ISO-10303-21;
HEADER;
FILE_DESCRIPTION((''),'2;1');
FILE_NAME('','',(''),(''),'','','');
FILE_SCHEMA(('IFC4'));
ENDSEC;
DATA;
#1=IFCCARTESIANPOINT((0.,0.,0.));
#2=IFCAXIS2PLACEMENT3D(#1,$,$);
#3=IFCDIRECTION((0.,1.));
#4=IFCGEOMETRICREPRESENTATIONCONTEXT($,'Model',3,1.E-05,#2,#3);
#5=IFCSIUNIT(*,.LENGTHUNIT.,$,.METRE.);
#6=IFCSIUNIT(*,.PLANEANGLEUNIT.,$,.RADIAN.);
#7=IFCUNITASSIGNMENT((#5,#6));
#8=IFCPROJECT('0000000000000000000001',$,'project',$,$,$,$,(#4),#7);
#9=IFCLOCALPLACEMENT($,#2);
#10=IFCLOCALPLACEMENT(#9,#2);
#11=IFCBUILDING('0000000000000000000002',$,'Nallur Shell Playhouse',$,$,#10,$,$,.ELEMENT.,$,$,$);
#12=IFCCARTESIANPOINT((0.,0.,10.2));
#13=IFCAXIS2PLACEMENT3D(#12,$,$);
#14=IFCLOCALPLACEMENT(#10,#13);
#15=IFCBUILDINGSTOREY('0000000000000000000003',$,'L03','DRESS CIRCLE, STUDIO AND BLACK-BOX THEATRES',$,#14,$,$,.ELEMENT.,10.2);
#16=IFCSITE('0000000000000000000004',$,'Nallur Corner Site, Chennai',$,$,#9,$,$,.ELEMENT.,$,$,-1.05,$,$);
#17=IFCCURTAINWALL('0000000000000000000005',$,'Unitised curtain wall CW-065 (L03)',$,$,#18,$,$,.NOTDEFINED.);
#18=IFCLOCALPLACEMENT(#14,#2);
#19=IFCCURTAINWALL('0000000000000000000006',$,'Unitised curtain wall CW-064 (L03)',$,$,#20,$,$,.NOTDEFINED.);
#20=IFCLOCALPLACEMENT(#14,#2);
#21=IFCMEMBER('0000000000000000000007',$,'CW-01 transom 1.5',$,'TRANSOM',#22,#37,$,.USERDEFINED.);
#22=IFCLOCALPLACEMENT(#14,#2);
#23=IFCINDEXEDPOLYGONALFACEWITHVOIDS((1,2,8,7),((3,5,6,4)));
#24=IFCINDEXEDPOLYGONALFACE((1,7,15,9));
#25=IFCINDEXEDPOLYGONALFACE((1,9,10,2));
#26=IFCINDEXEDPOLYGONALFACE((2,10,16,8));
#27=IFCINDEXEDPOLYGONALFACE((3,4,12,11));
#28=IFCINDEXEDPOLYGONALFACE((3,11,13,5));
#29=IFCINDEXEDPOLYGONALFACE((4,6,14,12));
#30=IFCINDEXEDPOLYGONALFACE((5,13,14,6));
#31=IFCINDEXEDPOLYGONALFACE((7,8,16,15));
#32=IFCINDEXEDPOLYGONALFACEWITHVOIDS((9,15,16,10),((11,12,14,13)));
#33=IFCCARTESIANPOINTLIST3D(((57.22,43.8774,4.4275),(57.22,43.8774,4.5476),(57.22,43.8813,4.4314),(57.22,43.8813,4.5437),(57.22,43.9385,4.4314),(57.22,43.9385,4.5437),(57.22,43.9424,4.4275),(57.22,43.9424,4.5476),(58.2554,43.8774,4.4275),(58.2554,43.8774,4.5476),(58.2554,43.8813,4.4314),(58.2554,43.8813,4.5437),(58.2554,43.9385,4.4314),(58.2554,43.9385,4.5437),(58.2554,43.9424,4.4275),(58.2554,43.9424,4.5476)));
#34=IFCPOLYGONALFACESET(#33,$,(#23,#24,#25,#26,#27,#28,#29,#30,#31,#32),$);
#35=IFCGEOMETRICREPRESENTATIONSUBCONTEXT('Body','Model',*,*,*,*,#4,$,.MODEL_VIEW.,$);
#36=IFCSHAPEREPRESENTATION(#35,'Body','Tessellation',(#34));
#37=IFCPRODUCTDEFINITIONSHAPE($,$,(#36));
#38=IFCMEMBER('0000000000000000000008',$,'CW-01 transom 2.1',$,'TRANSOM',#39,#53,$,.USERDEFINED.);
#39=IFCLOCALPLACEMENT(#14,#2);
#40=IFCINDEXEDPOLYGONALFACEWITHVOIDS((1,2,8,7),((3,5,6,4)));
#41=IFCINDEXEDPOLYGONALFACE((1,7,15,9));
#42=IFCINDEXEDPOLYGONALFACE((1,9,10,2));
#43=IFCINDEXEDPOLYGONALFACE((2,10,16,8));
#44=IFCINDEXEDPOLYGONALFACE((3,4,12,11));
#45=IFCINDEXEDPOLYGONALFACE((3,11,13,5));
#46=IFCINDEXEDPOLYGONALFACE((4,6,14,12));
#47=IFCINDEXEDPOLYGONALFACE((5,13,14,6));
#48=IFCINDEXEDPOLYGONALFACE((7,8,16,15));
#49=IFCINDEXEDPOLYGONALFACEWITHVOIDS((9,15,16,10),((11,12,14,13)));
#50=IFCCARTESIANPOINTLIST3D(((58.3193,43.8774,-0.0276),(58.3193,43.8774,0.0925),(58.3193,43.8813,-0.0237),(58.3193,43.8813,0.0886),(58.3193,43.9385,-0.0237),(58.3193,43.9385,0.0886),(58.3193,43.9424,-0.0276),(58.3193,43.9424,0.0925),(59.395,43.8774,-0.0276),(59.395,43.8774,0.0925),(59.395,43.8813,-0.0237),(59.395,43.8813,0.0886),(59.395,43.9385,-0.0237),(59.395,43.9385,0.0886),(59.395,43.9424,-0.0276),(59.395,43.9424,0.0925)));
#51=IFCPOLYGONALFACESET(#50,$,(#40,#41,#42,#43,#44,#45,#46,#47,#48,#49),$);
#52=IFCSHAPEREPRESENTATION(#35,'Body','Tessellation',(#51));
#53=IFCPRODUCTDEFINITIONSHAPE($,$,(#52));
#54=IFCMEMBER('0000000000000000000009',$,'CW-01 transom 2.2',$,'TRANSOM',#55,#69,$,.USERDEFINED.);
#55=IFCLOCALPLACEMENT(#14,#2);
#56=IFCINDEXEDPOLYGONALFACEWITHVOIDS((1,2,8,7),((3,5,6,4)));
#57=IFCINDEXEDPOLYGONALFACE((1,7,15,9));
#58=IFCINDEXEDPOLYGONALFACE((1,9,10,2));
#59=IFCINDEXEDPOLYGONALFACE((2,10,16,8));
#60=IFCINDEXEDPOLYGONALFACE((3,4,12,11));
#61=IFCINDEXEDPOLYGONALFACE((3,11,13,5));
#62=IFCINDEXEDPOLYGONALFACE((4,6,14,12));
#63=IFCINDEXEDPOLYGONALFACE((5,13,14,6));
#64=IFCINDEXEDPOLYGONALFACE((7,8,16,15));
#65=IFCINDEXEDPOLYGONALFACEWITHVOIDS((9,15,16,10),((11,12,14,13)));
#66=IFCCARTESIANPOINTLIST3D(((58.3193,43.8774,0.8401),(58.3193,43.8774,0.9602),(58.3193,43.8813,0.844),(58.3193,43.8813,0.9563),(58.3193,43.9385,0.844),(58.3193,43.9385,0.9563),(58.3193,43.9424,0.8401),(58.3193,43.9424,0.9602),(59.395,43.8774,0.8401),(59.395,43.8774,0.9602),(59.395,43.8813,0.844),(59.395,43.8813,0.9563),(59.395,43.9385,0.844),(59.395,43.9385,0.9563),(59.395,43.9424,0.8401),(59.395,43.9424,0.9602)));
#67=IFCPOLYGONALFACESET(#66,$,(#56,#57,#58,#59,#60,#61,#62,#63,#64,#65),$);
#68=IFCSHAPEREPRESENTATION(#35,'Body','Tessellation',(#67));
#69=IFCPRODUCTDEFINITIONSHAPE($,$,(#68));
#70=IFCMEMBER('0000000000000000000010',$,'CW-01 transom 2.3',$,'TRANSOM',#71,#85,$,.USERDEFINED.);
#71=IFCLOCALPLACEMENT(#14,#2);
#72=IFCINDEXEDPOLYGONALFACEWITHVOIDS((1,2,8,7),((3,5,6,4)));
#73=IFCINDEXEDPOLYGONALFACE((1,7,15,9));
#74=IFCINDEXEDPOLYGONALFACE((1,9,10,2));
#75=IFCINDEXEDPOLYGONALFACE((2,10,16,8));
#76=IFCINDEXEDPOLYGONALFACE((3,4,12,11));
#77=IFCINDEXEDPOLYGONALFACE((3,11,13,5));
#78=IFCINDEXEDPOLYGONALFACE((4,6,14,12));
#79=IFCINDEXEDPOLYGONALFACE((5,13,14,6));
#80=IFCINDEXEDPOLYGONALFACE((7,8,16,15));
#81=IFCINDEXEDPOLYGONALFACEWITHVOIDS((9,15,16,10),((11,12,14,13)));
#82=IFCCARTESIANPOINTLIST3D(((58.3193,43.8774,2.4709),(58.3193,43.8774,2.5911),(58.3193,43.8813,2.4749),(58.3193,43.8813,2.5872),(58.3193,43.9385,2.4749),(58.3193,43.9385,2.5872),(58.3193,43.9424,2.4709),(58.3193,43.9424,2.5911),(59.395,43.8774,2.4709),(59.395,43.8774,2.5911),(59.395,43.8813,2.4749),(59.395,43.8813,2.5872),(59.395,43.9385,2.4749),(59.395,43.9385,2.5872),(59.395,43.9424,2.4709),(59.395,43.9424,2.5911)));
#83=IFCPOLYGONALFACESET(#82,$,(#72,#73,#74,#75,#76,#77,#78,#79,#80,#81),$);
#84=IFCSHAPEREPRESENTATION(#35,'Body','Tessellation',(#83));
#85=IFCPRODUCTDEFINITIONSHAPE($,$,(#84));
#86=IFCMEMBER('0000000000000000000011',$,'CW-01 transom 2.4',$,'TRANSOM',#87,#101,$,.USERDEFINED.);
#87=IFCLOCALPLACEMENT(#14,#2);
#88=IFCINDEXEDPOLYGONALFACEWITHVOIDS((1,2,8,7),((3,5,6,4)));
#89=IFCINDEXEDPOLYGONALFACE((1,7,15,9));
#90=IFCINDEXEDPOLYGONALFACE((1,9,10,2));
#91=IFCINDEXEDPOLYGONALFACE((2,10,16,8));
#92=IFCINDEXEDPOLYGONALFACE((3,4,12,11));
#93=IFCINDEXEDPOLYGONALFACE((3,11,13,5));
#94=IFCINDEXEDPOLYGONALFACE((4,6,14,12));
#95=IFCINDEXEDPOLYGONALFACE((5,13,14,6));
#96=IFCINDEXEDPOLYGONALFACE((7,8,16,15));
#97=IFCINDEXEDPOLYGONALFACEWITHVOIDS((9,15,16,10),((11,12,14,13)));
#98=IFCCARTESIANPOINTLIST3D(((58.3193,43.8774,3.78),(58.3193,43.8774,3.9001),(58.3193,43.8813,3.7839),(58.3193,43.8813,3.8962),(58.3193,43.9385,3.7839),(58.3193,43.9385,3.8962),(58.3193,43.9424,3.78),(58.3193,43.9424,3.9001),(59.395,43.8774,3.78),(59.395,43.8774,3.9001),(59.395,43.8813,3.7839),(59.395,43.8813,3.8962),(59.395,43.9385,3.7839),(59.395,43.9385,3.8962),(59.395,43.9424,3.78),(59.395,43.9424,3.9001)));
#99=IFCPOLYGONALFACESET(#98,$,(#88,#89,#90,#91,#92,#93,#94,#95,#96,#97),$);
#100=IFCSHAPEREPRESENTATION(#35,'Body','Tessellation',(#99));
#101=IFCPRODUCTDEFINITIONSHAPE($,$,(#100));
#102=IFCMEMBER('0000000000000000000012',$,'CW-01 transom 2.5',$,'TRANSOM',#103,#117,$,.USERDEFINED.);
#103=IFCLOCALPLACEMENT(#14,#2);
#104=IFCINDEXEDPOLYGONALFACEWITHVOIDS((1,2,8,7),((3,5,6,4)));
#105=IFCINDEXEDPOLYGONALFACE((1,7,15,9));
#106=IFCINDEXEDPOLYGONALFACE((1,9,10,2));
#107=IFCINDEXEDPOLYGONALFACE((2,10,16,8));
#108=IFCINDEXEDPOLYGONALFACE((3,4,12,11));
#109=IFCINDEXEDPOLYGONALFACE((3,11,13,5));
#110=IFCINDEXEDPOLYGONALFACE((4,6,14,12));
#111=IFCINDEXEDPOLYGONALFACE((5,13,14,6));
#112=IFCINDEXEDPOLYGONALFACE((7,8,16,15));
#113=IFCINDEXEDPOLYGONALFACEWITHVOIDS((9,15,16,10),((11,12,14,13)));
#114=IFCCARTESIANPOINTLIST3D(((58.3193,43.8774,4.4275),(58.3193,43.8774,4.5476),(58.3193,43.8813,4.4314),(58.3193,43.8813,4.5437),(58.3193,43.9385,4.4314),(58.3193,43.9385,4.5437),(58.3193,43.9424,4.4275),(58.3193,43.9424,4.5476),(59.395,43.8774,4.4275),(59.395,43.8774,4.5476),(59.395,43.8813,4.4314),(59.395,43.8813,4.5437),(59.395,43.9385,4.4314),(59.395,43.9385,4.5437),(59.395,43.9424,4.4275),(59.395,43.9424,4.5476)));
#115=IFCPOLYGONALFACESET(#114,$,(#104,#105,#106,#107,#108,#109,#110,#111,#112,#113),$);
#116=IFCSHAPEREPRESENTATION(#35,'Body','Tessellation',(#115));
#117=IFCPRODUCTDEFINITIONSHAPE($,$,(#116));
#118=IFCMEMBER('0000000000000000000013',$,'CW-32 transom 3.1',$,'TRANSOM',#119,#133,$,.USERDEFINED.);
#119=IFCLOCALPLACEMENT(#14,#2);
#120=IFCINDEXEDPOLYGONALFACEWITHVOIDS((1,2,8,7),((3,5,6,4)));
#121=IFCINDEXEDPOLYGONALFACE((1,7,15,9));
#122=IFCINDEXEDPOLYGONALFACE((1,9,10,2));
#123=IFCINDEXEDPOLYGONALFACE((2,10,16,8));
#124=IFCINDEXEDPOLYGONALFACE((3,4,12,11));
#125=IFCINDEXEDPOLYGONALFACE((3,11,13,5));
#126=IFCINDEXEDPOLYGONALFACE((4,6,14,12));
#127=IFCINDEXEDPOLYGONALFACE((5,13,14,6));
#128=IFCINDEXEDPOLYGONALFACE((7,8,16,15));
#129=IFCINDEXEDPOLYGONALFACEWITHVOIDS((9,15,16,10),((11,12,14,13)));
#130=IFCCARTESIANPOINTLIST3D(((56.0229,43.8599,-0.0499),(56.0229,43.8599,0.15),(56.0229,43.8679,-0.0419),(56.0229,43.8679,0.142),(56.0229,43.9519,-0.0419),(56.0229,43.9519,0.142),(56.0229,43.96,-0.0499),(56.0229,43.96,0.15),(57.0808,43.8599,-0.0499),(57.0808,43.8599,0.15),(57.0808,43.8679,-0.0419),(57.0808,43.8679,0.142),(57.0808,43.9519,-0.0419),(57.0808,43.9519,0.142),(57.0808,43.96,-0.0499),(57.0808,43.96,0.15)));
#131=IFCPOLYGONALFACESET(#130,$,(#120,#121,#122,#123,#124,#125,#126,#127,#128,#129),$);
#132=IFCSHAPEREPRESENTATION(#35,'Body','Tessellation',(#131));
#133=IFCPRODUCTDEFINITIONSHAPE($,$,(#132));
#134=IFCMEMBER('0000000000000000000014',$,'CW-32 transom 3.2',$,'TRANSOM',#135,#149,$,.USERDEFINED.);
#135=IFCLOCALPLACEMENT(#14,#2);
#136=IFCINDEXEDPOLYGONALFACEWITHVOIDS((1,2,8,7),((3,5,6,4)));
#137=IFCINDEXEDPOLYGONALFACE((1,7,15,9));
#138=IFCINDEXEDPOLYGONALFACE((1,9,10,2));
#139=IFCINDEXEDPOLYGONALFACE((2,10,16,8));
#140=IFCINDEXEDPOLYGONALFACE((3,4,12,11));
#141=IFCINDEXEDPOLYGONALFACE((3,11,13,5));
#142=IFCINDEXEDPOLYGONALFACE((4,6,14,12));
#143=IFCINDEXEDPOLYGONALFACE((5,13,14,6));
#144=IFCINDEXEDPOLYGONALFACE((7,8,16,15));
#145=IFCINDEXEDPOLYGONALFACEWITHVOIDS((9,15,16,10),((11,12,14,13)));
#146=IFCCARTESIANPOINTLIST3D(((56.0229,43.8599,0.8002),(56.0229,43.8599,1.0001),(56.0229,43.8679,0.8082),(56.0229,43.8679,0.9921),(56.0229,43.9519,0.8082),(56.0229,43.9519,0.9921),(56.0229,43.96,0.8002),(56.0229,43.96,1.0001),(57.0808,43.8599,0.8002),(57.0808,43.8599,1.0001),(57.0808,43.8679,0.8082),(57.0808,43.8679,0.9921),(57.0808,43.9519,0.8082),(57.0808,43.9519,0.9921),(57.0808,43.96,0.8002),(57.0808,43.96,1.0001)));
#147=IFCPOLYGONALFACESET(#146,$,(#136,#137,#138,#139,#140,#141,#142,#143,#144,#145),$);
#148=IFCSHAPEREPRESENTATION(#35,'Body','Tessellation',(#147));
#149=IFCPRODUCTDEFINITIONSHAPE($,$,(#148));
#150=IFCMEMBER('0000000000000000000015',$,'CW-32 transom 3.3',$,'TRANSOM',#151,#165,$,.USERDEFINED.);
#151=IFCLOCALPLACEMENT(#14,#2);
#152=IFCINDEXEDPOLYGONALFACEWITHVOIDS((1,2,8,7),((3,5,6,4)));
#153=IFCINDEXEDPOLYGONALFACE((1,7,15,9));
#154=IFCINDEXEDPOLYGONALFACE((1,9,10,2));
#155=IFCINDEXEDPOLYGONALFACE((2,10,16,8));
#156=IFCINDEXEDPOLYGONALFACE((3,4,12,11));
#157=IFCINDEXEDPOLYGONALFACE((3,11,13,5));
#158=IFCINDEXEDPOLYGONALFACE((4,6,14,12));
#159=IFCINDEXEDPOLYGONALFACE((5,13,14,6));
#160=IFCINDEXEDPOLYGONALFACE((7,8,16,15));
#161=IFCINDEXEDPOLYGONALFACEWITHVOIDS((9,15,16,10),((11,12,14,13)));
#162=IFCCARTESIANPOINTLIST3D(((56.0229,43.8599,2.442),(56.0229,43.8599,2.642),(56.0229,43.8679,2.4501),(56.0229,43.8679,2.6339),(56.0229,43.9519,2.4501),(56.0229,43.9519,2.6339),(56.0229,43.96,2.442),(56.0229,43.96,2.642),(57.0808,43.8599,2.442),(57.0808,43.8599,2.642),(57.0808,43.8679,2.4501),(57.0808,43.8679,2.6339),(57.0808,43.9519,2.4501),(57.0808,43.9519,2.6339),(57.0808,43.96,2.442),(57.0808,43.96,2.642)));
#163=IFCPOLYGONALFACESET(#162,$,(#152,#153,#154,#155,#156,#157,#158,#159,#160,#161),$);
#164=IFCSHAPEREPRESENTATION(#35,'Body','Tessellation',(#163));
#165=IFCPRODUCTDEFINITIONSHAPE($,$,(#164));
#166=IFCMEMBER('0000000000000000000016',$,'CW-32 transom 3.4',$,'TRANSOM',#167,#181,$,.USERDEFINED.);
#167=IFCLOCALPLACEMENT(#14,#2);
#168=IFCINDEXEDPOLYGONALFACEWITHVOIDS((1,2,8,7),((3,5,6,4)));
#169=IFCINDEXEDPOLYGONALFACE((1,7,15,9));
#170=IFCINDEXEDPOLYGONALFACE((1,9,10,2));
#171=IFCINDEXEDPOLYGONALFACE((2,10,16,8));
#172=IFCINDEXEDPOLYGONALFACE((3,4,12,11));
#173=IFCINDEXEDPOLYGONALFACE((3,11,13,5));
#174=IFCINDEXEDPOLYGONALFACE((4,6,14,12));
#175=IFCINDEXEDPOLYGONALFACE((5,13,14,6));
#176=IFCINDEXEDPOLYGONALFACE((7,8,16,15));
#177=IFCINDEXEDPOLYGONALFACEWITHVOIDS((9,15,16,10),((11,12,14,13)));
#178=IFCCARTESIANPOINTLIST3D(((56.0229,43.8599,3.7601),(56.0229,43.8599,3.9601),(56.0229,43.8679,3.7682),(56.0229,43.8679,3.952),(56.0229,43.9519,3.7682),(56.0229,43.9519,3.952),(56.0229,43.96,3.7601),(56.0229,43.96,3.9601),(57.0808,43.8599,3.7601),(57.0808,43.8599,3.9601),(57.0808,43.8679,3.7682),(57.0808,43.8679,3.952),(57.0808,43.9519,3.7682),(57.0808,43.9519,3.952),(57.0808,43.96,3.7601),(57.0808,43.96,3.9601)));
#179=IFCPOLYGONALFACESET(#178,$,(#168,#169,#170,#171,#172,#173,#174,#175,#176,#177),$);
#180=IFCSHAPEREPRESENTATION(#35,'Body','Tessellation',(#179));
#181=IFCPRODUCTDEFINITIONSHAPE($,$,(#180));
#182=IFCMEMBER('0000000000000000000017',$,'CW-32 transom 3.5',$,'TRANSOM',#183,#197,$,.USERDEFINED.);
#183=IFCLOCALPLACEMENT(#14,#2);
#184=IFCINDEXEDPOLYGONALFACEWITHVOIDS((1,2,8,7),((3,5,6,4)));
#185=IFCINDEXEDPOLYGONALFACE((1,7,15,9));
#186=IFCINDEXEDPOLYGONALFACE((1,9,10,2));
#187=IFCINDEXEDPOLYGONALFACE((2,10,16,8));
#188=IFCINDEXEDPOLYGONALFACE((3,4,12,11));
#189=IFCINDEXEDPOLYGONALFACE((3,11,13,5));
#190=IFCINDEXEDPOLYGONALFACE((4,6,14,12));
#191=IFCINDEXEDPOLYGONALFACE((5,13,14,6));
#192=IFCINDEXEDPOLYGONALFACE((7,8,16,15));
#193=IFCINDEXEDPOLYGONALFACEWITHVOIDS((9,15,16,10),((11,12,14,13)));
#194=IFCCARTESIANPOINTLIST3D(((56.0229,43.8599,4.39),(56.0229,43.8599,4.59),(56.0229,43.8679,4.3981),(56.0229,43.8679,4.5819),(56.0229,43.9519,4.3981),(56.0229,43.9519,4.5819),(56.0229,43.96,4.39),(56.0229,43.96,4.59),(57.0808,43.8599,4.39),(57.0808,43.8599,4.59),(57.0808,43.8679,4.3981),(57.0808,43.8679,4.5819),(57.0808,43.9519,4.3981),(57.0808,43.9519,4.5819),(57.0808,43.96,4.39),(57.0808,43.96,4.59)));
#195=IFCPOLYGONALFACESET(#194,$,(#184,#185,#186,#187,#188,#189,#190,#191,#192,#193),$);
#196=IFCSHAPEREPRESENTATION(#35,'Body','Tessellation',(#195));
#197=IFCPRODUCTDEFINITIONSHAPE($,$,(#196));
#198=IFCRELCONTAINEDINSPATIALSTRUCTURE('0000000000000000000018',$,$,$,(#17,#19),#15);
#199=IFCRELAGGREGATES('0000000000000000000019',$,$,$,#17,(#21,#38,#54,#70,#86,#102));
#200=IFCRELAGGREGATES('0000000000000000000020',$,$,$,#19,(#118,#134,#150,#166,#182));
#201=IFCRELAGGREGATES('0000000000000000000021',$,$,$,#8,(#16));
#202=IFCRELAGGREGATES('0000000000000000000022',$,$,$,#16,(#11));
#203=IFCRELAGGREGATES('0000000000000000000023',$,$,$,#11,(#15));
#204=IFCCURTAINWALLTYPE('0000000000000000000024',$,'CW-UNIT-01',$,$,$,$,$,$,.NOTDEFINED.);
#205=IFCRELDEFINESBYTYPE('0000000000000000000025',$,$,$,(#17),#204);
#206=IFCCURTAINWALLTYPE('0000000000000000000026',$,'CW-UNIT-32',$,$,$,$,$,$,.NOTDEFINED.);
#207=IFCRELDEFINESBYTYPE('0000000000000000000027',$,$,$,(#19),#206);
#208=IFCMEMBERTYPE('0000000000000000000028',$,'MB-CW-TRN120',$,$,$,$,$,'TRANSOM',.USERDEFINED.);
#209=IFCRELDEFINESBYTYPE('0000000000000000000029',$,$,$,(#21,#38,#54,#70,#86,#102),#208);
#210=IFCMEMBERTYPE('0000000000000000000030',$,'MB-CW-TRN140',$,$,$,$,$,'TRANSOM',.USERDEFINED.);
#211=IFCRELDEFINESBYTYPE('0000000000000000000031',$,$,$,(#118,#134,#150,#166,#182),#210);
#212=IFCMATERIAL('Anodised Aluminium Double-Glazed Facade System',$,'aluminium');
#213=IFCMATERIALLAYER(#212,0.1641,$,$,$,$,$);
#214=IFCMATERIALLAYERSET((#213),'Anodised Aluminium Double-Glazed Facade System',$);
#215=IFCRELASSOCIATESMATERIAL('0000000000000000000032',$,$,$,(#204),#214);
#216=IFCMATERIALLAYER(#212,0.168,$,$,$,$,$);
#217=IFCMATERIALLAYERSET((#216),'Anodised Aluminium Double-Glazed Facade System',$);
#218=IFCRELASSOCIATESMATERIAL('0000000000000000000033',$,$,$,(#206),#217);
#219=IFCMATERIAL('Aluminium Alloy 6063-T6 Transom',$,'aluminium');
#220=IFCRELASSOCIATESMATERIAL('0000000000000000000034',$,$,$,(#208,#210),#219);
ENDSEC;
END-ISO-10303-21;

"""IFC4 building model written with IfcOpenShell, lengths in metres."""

from ifc_helpers import new_model, si_unit, direction, frame, origin, origin_2d, place, context, subcontext, project, spatial, hollow_rectangle, extrude, material, layer, layer_set, material_profile, profile_set, type_object, element, aggregate, save


model = new_model("IFC4")

# Units and contexts
model_context = context("Model", 3, precision=1e-05, world=origin(), true_north=direction((0.0, 1.0)))
body_context = subcontext(model_context, "Body", "Model", "MODEL_VIEW")
ifc_project = project(units=[si_unit("LENGTHUNIT", "METRE"), si_unit("PLANEANGLEUNIT", "RADIAN")], contexts=[model_context])

# Site, building, storey
site_placement = place(None, origin())
site = spatial("IfcSite", under=ifc_project, at=site_placement, Name="Nallur Corner Site, Chennai", CompositionType="ELEMENT", RefElevation=-1.05)
building_placement = place(site_placement, origin())
building = spatial("IfcBuilding", under=site, at=building_placement, Name="Nallur Shell Playhouse", CompositionType="ELEMENT")
storey_placement = place(building_placement, frame((0.0, 0.0, 10.2)))
storey = spatial("IfcBuildingStorey", under=building, at=storey_placement, Name="L03", Description="DRESS CIRCLE, STUDIO AND BLACK-BOX THEATRES", CompositionType="ELEMENT", Elevation=10.2)

# Curtain wall
ifc_material_1 = material(Name="Anodised Aluminium Double-Glazed Facade System", Category="aluminium")
ifc_layer_1 = layer(ifc_material_1, 0.1641)
ifc_layer_set_1 = layer_set([ifc_layer_1], Name="Anodised Aluminium Double-Glazed Facade System")
curtain_wall_type_1 = type_object("IfcCurtainWallType", Name="CW-UNIT-01", PredefinedType="NOTDEFINED", material=ifc_layer_set_1)
curtain_wall_1_placement = place(storey_placement, origin())
curtain_wall_1 = element("IfcCurtainWall", 1, at=curtain_wall_1_placement, inside=storey, type_object=curtain_wall_type_1, Name="Unitised curtain wall CW-065 (L03)", PredefinedType="NOTDEFINED")

# Curtain wall
ifc_layer_2 = layer(ifc_material_1, 0.168)
ifc_layer_set_2 = layer_set([ifc_layer_2], Name="Anodised Aluminium Double-Glazed Facade System")
curtain_wall_type_2 = type_object("IfcCurtainWallType", Name="CW-UNIT-32", PredefinedType="NOTDEFINED", material=ifc_layer_set_2)
curtain_wall_2_placement = place(storey_placement, origin())
curtain_wall_2 = element("IfcCurtainWall", 2, at=curtain_wall_2_placement, inside=storey, type_object=curtain_wall_type_2, Name="Unitised curtain wall CW-064 (L03)", PredefinedType="NOTDEFINED")

# Members
ifc_material_2 = material(Name="Aluminium Alloy 6063-T6 Transom", Category="aluminium")
ifc_material_profile_1 = material_profile(ifc_material_2, hollow_rectangle(XDim=0.0649, YDim=0.1201, WallThickness=0.0039, at=origin_2d()), Name="ALU 65x120x4")
ifc_profile_set_1 = profile_set([ifc_material_profile_1], Name="Aluminium Alloy 6063-T6 Transom")
member_type_1 = type_object("IfcMemberType", Name="MB-CW-TRN120", ElementType="TRANSOM", PredefinedType="USERDEFINED", material=ifc_profile_set_1)
member_1_placement = place(storey_placement, frame((57.22, 43.9099, 4.4875), z_axis=(1.0, 0.0, 0.0), x_axis=(0.0, 1.0, 0.0)))
member_1 = element("IfcMember", 3, at=member_1_placement, type_object=member_type_1, Name="CW-01 transom 1.5", ObjectType="TRANSOM", PredefinedType="USERDEFINED", context=body_context, shape_type="SweptSolid", body=[
    extrude(hollow_rectangle(XDim=0.0649, YDim=0.1201, WallThickness=0.0039, at=origin_2d()), origin(), (0.0, 0.0, 1.0), 1.0354),
])
member_2_placement = place(storey_placement, frame((58.3193, 43.9099, 0.0325), z_axis=(1.0, 0.0, 0.0), x_axis=(0.0, 1.0, 0.0)))
member_2 = element("IfcMember", 4, at=member_2_placement, type_object=member_type_1, Name="CW-01 transom 2.1", ObjectType="TRANSOM", PredefinedType="USERDEFINED", context=body_context, shape_type="SweptSolid", body=[
    extrude(hollow_rectangle(XDim=0.0649, YDim=0.1201, WallThickness=0.0039, at=origin_2d()), origin(), (0.0, 0.0, 1.0), 1.0757),
])
member_3_placement = place(storey_placement, frame((58.3193, 43.9099, 0.9001), z_axis=(1.0, 0.0, 0.0), x_axis=(0.0, 1.0, 0.0)))
member_3 = element("IfcMember", 5, at=member_3_placement, type_object=member_type_1, Name="CW-01 transom 2.2", ObjectType="TRANSOM", PredefinedType="USERDEFINED", context=body_context, shape_type="SweptSolid", body=[
    extrude(hollow_rectangle(XDim=0.0649, YDim=0.1201, WallThickness=0.0039, at=origin_2d()), origin(), (0.0, 0.0, 1.0), 1.0757),
])
member_4_placement = place(storey_placement, frame((58.3193, 43.9099, 2.531), z_axis=(1.0, 0.0, 0.0), x_axis=(0.0, 1.0, 0.0)))
member_4 = element("IfcMember", 6, at=member_4_placement, type_object=member_type_1, Name="CW-01 transom 2.3", ObjectType="TRANSOM", PredefinedType="USERDEFINED", context=body_context, shape_type="SweptSolid", body=[
    extrude(hollow_rectangle(XDim=0.0649, YDim=0.1201, WallThickness=0.0039, at=origin_2d()), origin(), (0.0, 0.0, 1.0), 1.0757),
])
member_5_placement = place(storey_placement, frame((58.3193, 43.9099, 3.8401), z_axis=(1.0, 0.0, 0.0), x_axis=(0.0, 1.0, 0.0)))
member_5 = element("IfcMember", 7, at=member_5_placement, type_object=member_type_1, Name="CW-01 transom 2.4", ObjectType="TRANSOM", PredefinedType="USERDEFINED", context=body_context, shape_type="SweptSolid", body=[
    extrude(hollow_rectangle(XDim=0.0649, YDim=0.1201, WallThickness=0.0039, at=origin_2d()), origin(), (0.0, 0.0, 1.0), 1.0757),
])
member_6_placement = place(storey_placement, frame((58.3193, 43.9099, 4.4875), z_axis=(1.0, 0.0, 0.0), x_axis=(0.0, 1.0, 0.0)))
member_6 = element("IfcMember", 8, at=member_6_placement, type_object=member_type_1, Name="CW-01 transom 2.5", ObjectType="TRANSOM", PredefinedType="USERDEFINED", context=body_context, shape_type="SweptSolid", body=[
    extrude(hollow_rectangle(XDim=0.0649, YDim=0.1201, WallThickness=0.0039, at=origin_2d()), origin(), (0.0, 0.0, 1.0), 1.0757),
])
ifc_material_profile_2 = material_profile(ifc_material_2, hollow_rectangle(XDim=0.1001, YDim=0.2, WallThickness=0.0081, at=origin_2d()), Name="RHS 200x100x8")
ifc_profile_set_2 = profile_set([ifc_material_profile_2], Name="Aluminium Alloy 6063-T6 Transom")
member_type_2 = type_object("IfcMemberType", Name="MB-CW-TRN140", ElementType="TRANSOM", PredefinedType="USERDEFINED", material=ifc_profile_set_2)
member_7_placement = place(storey_placement, frame((56.0229, 43.9099, 0.05), z_axis=(1.0, 0.0, 0.0), x_axis=(0.0, 1.0, 0.0)))
member_7 = element("IfcMember", 9, at=member_7_placement, type_object=member_type_2, Name="CW-32 transom 3.1", ObjectType="TRANSOM", PredefinedType="USERDEFINED", context=body_context, shape_type="SweptSolid", body=[
    extrude(hollow_rectangle(XDim=0.1001, YDim=0.2, WallThickness=0.0081, at=origin_2d()), origin(), (0.0, 0.0, 1.0), 1.0579),
])
member_8_placement = place(storey_placement, frame((56.0229, 43.9099, 0.9001), z_axis=(1.0, 0.0, 0.0), x_axis=(0.0, 1.0, 0.0)))
member_8 = element("IfcMember", 10, at=member_8_placement, type_object=member_type_2, Name="CW-32 transom 3.2", ObjectType="TRANSOM", PredefinedType="USERDEFINED", context=body_context, shape_type="SweptSolid", body=[
    extrude(hollow_rectangle(XDim=0.1001, YDim=0.2, WallThickness=0.0081, at=origin_2d()), origin(), (0.0, 0.0, 1.0), 1.0579),
])
member_9_placement = place(storey_placement, frame((56.0229, 43.9099, 2.542), z_axis=(1.0, 0.0, 0.0), x_axis=(0.0, 1.0, 0.0)))
member_9 = element("IfcMember", 11, at=member_9_placement, type_object=member_type_2, Name="CW-32 transom 3.3", ObjectType="TRANSOM", PredefinedType="USERDEFINED", context=body_context, shape_type="SweptSolid", body=[
    extrude(hollow_rectangle(XDim=0.1001, YDim=0.2, WallThickness=0.0081, at=origin_2d()), origin(), (0.0, 0.0, 1.0), 1.0579),
])
member_10_placement = place(storey_placement, frame((56.0229, 43.9099, 3.8601), z_axis=(1.0, 0.0, 0.0), x_axis=(0.0, 1.0, 0.0)))
member_10 = element("IfcMember", 12, at=member_10_placement, type_object=member_type_2, Name="CW-32 transom 3.4", ObjectType="TRANSOM", PredefinedType="USERDEFINED", context=body_context, shape_type="SweptSolid", body=[
    extrude(hollow_rectangle(XDim=0.1001, YDim=0.2, WallThickness=0.0081, at=origin_2d()), origin(), (0.0, 0.0, 1.0), 1.0579),
])
member_11_placement = place(storey_placement, frame((56.0229, 43.9099, 4.49), z_axis=(1.0, 0.0, 0.0), x_axis=(0.0, 1.0, 0.0)))
member_11 = element("IfcMember", 13, at=member_11_placement, type_object=member_type_2, Name="CW-32 transom 3.5", ObjectType="TRANSOM", PredefinedType="USERDEFINED", context=body_context, shape_type="SweptSolid", body=[
    extrude(hollow_rectangle(XDim=0.1001, YDim=0.2, WallThickness=0.0081, at=origin_2d()), origin(), (0.0, 0.0, 1.0), 1.0579),
])

aggregate(curtain_wall_1, [member_1, member_2, member_3, member_4, member_5, member_6])
aggregate(curtain_wall_2, [member_7, member_8, member_9, member_10, member_11])

save(model, "model.ifc")
